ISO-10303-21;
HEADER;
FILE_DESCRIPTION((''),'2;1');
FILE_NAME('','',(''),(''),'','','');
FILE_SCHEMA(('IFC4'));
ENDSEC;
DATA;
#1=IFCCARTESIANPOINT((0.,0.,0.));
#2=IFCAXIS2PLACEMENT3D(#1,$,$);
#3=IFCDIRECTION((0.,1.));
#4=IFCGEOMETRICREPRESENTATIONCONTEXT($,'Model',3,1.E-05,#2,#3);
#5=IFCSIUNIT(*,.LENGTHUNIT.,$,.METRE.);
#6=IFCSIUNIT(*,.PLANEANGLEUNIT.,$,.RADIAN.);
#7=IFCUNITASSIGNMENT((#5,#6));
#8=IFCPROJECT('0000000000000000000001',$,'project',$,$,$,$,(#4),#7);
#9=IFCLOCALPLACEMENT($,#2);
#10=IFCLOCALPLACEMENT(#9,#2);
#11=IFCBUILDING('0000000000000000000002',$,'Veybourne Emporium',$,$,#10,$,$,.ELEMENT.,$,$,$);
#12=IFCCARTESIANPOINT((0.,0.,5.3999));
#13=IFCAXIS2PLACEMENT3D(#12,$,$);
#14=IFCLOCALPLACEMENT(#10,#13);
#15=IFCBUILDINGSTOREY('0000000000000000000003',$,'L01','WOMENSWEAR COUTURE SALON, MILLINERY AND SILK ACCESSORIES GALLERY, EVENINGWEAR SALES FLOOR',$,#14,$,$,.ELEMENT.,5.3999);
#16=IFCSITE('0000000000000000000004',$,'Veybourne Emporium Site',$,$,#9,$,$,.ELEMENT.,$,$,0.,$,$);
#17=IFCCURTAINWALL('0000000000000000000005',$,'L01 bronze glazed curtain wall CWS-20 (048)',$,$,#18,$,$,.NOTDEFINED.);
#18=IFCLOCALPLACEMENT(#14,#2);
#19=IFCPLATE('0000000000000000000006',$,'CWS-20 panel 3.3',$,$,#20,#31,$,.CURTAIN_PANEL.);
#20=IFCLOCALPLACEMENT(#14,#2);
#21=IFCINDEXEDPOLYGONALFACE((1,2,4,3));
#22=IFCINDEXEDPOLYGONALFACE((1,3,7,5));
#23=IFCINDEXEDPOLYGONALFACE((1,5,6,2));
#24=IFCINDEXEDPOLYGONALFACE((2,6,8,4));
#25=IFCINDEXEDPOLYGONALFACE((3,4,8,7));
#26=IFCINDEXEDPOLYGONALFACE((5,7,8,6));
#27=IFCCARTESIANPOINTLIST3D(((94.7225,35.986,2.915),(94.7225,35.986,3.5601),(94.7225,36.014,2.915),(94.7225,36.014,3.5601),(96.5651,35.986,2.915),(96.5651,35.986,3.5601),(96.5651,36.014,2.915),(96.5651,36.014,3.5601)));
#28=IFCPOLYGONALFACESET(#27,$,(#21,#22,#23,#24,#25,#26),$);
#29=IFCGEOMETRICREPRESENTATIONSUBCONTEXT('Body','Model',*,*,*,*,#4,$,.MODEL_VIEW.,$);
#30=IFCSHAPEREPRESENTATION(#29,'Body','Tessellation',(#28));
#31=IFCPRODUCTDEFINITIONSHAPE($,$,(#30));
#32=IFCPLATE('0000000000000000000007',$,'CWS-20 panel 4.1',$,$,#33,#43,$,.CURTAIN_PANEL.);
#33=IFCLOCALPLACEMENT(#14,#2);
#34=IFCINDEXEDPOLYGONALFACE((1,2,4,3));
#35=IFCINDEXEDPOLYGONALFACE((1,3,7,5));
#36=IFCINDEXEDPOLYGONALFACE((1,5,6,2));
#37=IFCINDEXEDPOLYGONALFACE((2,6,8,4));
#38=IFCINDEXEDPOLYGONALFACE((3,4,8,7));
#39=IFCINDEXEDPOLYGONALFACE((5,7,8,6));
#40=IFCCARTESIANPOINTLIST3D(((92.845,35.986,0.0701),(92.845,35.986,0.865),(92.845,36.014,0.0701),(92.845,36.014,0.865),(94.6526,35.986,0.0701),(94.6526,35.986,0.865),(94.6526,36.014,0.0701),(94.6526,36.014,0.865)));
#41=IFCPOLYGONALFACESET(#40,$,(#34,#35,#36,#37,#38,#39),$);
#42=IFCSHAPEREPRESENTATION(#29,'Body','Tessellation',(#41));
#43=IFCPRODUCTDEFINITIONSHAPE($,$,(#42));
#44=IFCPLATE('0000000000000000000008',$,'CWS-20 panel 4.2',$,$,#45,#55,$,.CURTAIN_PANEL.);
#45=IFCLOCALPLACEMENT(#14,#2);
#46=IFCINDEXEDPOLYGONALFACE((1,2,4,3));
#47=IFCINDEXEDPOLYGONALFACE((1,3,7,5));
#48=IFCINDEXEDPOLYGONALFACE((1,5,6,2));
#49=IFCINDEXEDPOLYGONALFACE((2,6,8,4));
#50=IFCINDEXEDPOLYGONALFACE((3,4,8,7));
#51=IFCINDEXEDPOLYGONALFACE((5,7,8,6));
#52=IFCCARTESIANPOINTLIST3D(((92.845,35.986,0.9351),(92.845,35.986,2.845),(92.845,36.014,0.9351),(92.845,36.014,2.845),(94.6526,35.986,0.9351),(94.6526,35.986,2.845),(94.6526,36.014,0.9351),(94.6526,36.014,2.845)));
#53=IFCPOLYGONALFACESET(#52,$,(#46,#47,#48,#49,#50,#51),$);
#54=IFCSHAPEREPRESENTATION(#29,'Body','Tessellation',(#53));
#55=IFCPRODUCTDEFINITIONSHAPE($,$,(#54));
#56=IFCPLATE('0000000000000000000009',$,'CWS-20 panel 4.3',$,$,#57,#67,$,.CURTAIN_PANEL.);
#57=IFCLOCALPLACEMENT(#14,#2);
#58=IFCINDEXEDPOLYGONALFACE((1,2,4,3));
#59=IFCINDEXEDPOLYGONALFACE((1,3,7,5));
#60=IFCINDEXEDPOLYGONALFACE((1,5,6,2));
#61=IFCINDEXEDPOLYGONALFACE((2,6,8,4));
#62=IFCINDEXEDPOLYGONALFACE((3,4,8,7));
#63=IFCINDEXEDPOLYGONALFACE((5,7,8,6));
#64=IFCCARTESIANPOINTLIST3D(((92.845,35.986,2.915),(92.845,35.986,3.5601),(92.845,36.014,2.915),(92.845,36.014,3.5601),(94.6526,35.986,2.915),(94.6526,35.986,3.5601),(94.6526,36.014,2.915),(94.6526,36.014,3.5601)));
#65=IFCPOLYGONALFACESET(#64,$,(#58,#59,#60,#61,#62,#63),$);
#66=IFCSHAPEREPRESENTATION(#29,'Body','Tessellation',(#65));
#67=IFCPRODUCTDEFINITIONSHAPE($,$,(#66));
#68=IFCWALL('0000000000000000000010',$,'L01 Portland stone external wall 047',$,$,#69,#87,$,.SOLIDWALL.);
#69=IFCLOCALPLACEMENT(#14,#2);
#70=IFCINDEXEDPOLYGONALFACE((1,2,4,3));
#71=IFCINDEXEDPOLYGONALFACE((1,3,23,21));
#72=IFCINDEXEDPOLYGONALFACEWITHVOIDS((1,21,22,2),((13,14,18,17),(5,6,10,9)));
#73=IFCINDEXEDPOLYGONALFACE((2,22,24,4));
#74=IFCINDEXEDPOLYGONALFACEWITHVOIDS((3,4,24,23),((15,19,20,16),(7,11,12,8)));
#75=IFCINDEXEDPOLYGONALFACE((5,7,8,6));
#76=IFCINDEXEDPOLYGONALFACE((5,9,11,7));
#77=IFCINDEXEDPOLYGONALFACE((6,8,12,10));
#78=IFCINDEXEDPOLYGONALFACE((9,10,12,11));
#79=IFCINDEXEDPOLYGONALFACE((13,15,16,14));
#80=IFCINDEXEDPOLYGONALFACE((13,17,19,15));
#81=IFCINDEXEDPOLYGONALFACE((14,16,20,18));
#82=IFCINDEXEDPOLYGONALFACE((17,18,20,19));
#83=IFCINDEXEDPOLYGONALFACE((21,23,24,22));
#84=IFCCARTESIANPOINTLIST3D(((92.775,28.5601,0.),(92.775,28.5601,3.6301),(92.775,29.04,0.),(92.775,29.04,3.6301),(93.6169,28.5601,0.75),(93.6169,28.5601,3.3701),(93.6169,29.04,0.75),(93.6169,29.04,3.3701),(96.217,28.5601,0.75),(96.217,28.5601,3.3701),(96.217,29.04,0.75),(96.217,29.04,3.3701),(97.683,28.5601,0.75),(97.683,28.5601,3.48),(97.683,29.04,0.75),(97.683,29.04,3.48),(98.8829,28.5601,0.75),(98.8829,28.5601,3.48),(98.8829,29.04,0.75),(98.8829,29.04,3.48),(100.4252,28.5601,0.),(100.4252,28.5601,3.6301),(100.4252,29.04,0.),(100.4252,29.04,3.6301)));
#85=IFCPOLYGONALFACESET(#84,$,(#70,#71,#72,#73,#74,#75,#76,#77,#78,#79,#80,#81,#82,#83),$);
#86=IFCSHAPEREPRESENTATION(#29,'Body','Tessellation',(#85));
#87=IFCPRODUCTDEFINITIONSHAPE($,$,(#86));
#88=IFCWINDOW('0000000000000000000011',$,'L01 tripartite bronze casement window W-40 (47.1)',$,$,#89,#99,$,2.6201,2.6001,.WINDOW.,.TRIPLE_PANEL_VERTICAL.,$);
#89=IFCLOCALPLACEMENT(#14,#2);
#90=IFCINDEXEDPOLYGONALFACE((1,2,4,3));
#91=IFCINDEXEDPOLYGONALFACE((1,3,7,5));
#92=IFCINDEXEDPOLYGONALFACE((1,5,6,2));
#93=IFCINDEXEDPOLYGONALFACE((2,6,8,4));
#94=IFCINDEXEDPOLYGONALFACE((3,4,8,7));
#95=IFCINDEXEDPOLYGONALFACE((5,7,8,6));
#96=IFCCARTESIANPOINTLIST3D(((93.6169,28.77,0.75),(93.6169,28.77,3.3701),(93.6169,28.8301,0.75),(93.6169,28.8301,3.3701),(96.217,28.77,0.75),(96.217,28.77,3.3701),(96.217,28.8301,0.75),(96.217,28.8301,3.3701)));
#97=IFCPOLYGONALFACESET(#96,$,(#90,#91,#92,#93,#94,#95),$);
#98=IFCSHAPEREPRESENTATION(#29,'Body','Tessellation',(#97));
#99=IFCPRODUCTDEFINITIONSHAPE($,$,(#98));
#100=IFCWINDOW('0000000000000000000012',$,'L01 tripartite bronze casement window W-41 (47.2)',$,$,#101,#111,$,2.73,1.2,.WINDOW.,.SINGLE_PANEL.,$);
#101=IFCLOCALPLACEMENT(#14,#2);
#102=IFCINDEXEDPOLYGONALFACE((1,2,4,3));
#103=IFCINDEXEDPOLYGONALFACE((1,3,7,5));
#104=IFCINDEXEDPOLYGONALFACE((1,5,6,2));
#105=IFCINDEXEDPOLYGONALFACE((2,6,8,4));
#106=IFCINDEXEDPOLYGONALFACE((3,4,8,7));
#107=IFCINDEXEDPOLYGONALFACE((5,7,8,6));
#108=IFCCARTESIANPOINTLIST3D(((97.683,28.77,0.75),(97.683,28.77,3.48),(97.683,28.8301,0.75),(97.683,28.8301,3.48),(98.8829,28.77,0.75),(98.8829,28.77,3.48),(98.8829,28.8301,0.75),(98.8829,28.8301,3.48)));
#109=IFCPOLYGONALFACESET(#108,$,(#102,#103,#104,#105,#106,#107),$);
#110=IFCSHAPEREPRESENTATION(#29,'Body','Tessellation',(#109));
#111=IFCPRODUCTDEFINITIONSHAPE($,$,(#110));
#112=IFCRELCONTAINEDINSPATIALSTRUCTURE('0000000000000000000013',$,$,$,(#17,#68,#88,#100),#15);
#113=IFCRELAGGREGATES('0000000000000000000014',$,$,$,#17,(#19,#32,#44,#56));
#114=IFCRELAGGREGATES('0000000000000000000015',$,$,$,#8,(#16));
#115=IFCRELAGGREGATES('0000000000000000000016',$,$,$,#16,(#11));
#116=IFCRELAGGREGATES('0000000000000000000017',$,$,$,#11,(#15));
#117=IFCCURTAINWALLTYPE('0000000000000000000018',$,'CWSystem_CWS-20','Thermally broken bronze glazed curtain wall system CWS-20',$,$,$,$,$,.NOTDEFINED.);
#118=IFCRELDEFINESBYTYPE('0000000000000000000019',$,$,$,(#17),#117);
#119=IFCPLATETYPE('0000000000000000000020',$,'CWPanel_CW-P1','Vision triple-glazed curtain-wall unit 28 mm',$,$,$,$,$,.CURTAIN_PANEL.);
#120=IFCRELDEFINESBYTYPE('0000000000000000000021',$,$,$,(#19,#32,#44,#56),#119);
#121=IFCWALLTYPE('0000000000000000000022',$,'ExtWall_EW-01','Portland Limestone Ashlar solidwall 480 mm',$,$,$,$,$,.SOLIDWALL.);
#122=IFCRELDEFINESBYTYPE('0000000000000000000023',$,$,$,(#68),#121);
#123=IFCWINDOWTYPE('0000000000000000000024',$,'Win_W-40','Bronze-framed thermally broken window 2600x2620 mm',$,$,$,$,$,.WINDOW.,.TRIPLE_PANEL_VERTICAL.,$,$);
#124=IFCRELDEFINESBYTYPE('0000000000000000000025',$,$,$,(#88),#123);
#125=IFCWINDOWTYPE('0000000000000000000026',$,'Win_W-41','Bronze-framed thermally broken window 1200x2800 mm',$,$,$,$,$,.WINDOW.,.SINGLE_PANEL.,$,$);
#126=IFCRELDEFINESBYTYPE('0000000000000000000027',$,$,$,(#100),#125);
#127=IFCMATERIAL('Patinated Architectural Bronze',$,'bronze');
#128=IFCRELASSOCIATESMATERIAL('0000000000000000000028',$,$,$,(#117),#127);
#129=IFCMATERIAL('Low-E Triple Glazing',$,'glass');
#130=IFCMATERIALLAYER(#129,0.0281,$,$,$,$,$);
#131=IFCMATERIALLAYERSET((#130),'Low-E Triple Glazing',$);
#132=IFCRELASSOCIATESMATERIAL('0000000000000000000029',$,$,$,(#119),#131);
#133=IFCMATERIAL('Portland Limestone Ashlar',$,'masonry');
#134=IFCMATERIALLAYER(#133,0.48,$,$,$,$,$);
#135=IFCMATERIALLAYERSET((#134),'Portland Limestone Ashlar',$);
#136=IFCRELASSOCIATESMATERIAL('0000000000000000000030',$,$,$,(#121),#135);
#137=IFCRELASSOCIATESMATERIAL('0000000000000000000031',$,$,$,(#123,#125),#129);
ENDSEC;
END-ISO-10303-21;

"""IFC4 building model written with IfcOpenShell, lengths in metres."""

from ifc_helpers import new_model, si_unit, direction, frame, frame_2d, origin, origin_2d, place, context, subcontext, project, spatial, rectangle, extrude, material, layer, layer_set, type_object, element, fill, aggregate, save


model = new_model("IFC4")

# Units and contexts
model_context = context("Model", 3, precision=1e-05, world=origin(), true_north=direction((0.0, 1.0)))
body_context = subcontext(model_context, "Body", "Model", "MODEL_VIEW")
ifc_project = project(units=[si_unit("LENGTHUNIT", "METRE"), si_unit("PLANEANGLEUNIT", "RADIAN")], contexts=[model_context])

# Site, building, storey
site_placement = place(None, origin())
site = spatial("IfcSite", under=ifc_project, at=site_placement, Name="Veybourne Emporium Site", CompositionType="ELEMENT", RefElevation=0.0)
building_placement = place(site_placement, origin())
building = spatial("IfcBuilding", under=site, at=building_placement, Name="Veybourne Emporium", CompositionType="ELEMENT")
storey_placement = place(building_placement, frame((0.0, 0.0, 5.3999)))
storey = spatial("IfcBuildingStorey", under=building, at=storey_placement, Name="L01", Description="WOMENSWEAR COUTURE SALON, MILLINERY AND SILK ACCESSORIES GALLERY, EVENINGWEAR SALES FLOOR", CompositionType="ELEMENT", Elevation=5.3999)

# Curtain wall
ifc_material_1 = material(Name="Patinated Architectural Bronze", Category="bronze")
curtain_wall_type = type_object("IfcCurtainWallType", Name="CWSystem_CWS-20", Description="Thermally broken bronze glazed curtain wall system CWS-20", PredefinedType="NOTDEFINED", material=ifc_material_1)
curtain_wall_placement = place(storey_placement, origin())
curtain_wall = element("IfcCurtainWall", 1, at=curtain_wall_placement, inside=storey, type_object=curtain_wall_type, Name="L01 bronze glazed curtain wall CWS-20 (048)", PredefinedType="NOTDEFINED")

# Plates
ifc_material_2 = material(Name="Low-E Triple Glazing", Category="glass")
ifc_layer_1 = layer(ifc_material_2, 0.0281)
ifc_layer_set_1 = layer_set([ifc_layer_1], Name="Low-E Triple Glazing")
plate_type = type_object("IfcPlateType", Name="CWPanel_CW-P1", Description="Vision triple-glazed curtain-wall unit 28 mm", PredefinedType="CURTAIN_PANEL", material=ifc_layer_set_1)
plate_1_placement = place(storey_placement, frame((95.6438, 36.0, 2.915), z_axis=(0.0, 0.0, 1.0), x_axis=(-1.0, 0.0, 0.0)))
plate_1 = element("IfcPlate", 2, at=plate_1_placement, type_object=plate_type, Name="CWS-20 panel 3.3", PredefinedType="CURTAIN_PANEL", context=body_context, shape_type="SweptSolid", body=[
    extrude(rectangle(XDim=1.8425, YDim=0.0281, at=origin_2d()), origin(), (0.0, 0.0, 1.0), 0.645),
])
plate_2_placement = place(storey_placement, frame((93.7488, 36.0, 0.0701), z_axis=(0.0, 0.0, 1.0), x_axis=(-1.0, 0.0, 0.0)))
plate_2 = element("IfcPlate", 3, at=plate_2_placement, type_object=plate_type, Name="CWS-20 panel 4.1", PredefinedType="CURTAIN_PANEL", context=body_context, shape_type="SweptSolid", body=[
    extrude(rectangle(XDim=1.8076, YDim=0.0281, at=origin_2d()), origin(), (0.0, 0.0, 1.0), 0.7949),
])
plate_3_placement = place(storey_placement, frame((93.7488, 36.0, 0.9351), z_axis=(0.0, 0.0, 1.0), x_axis=(-1.0, 0.0, 0.0)))
plate_3 = element("IfcPlate", 4, at=plate_3_placement, type_object=plate_type, Name="CWS-20 panel 4.2", PredefinedType="CURTAIN_PANEL", context=body_context, shape_type="SweptSolid", body=[
    extrude(rectangle(XDim=1.8076, YDim=0.0281, at=origin_2d()), origin(), (0.0, 0.0, 1.0), 1.9099),
])
plate_4_placement = place(storey_placement, frame((93.7488, 36.0, 2.915), z_axis=(0.0, 0.0, 1.0), x_axis=(-1.0, 0.0, 0.0)))
plate_4 = element("IfcPlate", 5, at=plate_4_placement, type_object=plate_type, Name="CWS-20 panel 4.3", PredefinedType="CURTAIN_PANEL", context=body_context, shape_type="SweptSolid", body=[
    extrude(rectangle(XDim=1.8076, YDim=0.0281, at=origin_2d()), origin(), (0.0, 0.0, 1.0), 0.645),
])
aggregate(curtain_wall, [plate_1, plate_2, plate_3, plate_4])

# Wall, openings, windows
ifc_material_3 = material(Name="Portland Limestone Ashlar", Category="masonry")
ifc_layer_2 = layer(ifc_material_3, 0.48)
ifc_layer_set_2 = layer_set([ifc_layer_2], Name="Portland Limestone Ashlar")
wall_type = type_object("IfcWallType", Name="ExtWall_EW-01", Description="Portland Limestone Ashlar solidwall 480 mm", PredefinedType="SOLIDWALL", material=ifc_layer_set_2)
wall_placement = place(storey_placement, frame((92.7749, 28.8, 0.0), z_axis=(0.0, 0.0, 1.0), x_axis=(1.0, 0.0, 0.0)))
wall = element("IfcWall", 6, at=wall_placement, inside=storey, type_object=wall_type, Name="L01 Portland stone external wall 047", PredefinedType="SOLIDWALL", context=body_context, shape_type="SweptSolid", body=[
    extrude(rectangle(XDim=7.6501, YDim=0.48, at=frame_2d((3.8252, 0.0))), origin(), (0.0, 0.0, 1.0), 3.6301),
])
opening_1_placement = place(wall_placement, frame((0.842, 0.0, 0.75)))
opening_1 = element("IfcOpeningElement", 7, at=opening_1_placement, cuts=wall, PredefinedType="OPENING", context=body_context, shape_type="SweptSolid", body=[
    extrude(rectangle(XDim=2.6001, YDim=2.6201, at=frame_2d((1.3, 1.3101))), frame((0.0, 0.26, 0.0), z_axis=(0.0, -1.0, 0.0), x_axis=(1.0, 0.0, 0.0)), (0.0, 0.0, 1.0), 0.52),
])
opening_2_placement = place(wall_placement, frame((4.908, 0.0, 0.75)))
opening_2 = element("IfcOpeningElement", 8, at=opening_2_placement, cuts=wall, PredefinedType="OPENING", context=body_context, shape_type="SweptSolid", body=[
    extrude(rectangle(XDim=1.2, YDim=2.73, at=frame_2d((0.6001, 1.365))), frame((0.0, 0.26, 0.0), z_axis=(0.0, -1.0, 0.0), x_axis=(1.0, 0.0, 0.0)), (0.0, 0.0, 1.0), 0.52),
])
window_type_1 = type_object("IfcWindowType", Name="Win_W-40", Description="Bronze-framed thermally broken window 2600x2620 mm", PartitioningType="TRIPLE_PANEL_VERTICAL", PredefinedType="WINDOW", material=ifc_material_2)
window_1_placement = place(opening_1_placement, origin())
window_1 = element("IfcWindow", 9, at=window_1_placement, inside=storey, type_object=window_type_1, Name="L01 tripartite bronze casement window W-40 (47.1)", OverallHeight=2.6201, OverallWidth=2.6001, PartitioningType="TRIPLE_PANEL_VERTICAL", PredefinedType="WINDOW", context=body_context, shape_type="SweptSolid", body=[
    extrude(rectangle(XDim=2.6001, YDim=2.6201, at=frame_2d((1.3, 1.3101))), frame((0.0, 0.03, 0.0), z_axis=(0.0, -1.0, 0.0), x_axis=(1.0, 0.0, 0.0)), (0.0, 0.0, 1.0), 0.0601),
])
fill(opening_1, window_1)
window_type_2 = type_object("IfcWindowType", Name="Win_W-41", Description="Bronze-framed thermally broken window 1200x2800 mm", PartitioningType="SINGLE_PANEL", PredefinedType="WINDOW", material=ifc_material_2)
window_2_placement = place(opening_2_placement, origin())
window_2 = element("IfcWindow", 10, at=window_2_placement, inside=storey, type_object=window_type_2, Name="L01 tripartite bronze casement window W-41 (47.2)", OverallHeight=2.73, OverallWidth=1.2, PartitioningType="SINGLE_PANEL", PredefinedType="WINDOW", context=body_context, shape_type="SweptSolid", body=[
    extrude(rectangle(XDim=1.2, YDim=2.73, at=frame_2d((0.6001, 1.365))), frame((0.0, 0.03, 0.0), z_axis=(0.0, -1.0, 0.0), x_axis=(1.0, 0.0, 0.0)), (0.0, 0.0, 1.0), 0.0601),
])
fill(opening_2, window_2)

save(model, "model.ifc")
